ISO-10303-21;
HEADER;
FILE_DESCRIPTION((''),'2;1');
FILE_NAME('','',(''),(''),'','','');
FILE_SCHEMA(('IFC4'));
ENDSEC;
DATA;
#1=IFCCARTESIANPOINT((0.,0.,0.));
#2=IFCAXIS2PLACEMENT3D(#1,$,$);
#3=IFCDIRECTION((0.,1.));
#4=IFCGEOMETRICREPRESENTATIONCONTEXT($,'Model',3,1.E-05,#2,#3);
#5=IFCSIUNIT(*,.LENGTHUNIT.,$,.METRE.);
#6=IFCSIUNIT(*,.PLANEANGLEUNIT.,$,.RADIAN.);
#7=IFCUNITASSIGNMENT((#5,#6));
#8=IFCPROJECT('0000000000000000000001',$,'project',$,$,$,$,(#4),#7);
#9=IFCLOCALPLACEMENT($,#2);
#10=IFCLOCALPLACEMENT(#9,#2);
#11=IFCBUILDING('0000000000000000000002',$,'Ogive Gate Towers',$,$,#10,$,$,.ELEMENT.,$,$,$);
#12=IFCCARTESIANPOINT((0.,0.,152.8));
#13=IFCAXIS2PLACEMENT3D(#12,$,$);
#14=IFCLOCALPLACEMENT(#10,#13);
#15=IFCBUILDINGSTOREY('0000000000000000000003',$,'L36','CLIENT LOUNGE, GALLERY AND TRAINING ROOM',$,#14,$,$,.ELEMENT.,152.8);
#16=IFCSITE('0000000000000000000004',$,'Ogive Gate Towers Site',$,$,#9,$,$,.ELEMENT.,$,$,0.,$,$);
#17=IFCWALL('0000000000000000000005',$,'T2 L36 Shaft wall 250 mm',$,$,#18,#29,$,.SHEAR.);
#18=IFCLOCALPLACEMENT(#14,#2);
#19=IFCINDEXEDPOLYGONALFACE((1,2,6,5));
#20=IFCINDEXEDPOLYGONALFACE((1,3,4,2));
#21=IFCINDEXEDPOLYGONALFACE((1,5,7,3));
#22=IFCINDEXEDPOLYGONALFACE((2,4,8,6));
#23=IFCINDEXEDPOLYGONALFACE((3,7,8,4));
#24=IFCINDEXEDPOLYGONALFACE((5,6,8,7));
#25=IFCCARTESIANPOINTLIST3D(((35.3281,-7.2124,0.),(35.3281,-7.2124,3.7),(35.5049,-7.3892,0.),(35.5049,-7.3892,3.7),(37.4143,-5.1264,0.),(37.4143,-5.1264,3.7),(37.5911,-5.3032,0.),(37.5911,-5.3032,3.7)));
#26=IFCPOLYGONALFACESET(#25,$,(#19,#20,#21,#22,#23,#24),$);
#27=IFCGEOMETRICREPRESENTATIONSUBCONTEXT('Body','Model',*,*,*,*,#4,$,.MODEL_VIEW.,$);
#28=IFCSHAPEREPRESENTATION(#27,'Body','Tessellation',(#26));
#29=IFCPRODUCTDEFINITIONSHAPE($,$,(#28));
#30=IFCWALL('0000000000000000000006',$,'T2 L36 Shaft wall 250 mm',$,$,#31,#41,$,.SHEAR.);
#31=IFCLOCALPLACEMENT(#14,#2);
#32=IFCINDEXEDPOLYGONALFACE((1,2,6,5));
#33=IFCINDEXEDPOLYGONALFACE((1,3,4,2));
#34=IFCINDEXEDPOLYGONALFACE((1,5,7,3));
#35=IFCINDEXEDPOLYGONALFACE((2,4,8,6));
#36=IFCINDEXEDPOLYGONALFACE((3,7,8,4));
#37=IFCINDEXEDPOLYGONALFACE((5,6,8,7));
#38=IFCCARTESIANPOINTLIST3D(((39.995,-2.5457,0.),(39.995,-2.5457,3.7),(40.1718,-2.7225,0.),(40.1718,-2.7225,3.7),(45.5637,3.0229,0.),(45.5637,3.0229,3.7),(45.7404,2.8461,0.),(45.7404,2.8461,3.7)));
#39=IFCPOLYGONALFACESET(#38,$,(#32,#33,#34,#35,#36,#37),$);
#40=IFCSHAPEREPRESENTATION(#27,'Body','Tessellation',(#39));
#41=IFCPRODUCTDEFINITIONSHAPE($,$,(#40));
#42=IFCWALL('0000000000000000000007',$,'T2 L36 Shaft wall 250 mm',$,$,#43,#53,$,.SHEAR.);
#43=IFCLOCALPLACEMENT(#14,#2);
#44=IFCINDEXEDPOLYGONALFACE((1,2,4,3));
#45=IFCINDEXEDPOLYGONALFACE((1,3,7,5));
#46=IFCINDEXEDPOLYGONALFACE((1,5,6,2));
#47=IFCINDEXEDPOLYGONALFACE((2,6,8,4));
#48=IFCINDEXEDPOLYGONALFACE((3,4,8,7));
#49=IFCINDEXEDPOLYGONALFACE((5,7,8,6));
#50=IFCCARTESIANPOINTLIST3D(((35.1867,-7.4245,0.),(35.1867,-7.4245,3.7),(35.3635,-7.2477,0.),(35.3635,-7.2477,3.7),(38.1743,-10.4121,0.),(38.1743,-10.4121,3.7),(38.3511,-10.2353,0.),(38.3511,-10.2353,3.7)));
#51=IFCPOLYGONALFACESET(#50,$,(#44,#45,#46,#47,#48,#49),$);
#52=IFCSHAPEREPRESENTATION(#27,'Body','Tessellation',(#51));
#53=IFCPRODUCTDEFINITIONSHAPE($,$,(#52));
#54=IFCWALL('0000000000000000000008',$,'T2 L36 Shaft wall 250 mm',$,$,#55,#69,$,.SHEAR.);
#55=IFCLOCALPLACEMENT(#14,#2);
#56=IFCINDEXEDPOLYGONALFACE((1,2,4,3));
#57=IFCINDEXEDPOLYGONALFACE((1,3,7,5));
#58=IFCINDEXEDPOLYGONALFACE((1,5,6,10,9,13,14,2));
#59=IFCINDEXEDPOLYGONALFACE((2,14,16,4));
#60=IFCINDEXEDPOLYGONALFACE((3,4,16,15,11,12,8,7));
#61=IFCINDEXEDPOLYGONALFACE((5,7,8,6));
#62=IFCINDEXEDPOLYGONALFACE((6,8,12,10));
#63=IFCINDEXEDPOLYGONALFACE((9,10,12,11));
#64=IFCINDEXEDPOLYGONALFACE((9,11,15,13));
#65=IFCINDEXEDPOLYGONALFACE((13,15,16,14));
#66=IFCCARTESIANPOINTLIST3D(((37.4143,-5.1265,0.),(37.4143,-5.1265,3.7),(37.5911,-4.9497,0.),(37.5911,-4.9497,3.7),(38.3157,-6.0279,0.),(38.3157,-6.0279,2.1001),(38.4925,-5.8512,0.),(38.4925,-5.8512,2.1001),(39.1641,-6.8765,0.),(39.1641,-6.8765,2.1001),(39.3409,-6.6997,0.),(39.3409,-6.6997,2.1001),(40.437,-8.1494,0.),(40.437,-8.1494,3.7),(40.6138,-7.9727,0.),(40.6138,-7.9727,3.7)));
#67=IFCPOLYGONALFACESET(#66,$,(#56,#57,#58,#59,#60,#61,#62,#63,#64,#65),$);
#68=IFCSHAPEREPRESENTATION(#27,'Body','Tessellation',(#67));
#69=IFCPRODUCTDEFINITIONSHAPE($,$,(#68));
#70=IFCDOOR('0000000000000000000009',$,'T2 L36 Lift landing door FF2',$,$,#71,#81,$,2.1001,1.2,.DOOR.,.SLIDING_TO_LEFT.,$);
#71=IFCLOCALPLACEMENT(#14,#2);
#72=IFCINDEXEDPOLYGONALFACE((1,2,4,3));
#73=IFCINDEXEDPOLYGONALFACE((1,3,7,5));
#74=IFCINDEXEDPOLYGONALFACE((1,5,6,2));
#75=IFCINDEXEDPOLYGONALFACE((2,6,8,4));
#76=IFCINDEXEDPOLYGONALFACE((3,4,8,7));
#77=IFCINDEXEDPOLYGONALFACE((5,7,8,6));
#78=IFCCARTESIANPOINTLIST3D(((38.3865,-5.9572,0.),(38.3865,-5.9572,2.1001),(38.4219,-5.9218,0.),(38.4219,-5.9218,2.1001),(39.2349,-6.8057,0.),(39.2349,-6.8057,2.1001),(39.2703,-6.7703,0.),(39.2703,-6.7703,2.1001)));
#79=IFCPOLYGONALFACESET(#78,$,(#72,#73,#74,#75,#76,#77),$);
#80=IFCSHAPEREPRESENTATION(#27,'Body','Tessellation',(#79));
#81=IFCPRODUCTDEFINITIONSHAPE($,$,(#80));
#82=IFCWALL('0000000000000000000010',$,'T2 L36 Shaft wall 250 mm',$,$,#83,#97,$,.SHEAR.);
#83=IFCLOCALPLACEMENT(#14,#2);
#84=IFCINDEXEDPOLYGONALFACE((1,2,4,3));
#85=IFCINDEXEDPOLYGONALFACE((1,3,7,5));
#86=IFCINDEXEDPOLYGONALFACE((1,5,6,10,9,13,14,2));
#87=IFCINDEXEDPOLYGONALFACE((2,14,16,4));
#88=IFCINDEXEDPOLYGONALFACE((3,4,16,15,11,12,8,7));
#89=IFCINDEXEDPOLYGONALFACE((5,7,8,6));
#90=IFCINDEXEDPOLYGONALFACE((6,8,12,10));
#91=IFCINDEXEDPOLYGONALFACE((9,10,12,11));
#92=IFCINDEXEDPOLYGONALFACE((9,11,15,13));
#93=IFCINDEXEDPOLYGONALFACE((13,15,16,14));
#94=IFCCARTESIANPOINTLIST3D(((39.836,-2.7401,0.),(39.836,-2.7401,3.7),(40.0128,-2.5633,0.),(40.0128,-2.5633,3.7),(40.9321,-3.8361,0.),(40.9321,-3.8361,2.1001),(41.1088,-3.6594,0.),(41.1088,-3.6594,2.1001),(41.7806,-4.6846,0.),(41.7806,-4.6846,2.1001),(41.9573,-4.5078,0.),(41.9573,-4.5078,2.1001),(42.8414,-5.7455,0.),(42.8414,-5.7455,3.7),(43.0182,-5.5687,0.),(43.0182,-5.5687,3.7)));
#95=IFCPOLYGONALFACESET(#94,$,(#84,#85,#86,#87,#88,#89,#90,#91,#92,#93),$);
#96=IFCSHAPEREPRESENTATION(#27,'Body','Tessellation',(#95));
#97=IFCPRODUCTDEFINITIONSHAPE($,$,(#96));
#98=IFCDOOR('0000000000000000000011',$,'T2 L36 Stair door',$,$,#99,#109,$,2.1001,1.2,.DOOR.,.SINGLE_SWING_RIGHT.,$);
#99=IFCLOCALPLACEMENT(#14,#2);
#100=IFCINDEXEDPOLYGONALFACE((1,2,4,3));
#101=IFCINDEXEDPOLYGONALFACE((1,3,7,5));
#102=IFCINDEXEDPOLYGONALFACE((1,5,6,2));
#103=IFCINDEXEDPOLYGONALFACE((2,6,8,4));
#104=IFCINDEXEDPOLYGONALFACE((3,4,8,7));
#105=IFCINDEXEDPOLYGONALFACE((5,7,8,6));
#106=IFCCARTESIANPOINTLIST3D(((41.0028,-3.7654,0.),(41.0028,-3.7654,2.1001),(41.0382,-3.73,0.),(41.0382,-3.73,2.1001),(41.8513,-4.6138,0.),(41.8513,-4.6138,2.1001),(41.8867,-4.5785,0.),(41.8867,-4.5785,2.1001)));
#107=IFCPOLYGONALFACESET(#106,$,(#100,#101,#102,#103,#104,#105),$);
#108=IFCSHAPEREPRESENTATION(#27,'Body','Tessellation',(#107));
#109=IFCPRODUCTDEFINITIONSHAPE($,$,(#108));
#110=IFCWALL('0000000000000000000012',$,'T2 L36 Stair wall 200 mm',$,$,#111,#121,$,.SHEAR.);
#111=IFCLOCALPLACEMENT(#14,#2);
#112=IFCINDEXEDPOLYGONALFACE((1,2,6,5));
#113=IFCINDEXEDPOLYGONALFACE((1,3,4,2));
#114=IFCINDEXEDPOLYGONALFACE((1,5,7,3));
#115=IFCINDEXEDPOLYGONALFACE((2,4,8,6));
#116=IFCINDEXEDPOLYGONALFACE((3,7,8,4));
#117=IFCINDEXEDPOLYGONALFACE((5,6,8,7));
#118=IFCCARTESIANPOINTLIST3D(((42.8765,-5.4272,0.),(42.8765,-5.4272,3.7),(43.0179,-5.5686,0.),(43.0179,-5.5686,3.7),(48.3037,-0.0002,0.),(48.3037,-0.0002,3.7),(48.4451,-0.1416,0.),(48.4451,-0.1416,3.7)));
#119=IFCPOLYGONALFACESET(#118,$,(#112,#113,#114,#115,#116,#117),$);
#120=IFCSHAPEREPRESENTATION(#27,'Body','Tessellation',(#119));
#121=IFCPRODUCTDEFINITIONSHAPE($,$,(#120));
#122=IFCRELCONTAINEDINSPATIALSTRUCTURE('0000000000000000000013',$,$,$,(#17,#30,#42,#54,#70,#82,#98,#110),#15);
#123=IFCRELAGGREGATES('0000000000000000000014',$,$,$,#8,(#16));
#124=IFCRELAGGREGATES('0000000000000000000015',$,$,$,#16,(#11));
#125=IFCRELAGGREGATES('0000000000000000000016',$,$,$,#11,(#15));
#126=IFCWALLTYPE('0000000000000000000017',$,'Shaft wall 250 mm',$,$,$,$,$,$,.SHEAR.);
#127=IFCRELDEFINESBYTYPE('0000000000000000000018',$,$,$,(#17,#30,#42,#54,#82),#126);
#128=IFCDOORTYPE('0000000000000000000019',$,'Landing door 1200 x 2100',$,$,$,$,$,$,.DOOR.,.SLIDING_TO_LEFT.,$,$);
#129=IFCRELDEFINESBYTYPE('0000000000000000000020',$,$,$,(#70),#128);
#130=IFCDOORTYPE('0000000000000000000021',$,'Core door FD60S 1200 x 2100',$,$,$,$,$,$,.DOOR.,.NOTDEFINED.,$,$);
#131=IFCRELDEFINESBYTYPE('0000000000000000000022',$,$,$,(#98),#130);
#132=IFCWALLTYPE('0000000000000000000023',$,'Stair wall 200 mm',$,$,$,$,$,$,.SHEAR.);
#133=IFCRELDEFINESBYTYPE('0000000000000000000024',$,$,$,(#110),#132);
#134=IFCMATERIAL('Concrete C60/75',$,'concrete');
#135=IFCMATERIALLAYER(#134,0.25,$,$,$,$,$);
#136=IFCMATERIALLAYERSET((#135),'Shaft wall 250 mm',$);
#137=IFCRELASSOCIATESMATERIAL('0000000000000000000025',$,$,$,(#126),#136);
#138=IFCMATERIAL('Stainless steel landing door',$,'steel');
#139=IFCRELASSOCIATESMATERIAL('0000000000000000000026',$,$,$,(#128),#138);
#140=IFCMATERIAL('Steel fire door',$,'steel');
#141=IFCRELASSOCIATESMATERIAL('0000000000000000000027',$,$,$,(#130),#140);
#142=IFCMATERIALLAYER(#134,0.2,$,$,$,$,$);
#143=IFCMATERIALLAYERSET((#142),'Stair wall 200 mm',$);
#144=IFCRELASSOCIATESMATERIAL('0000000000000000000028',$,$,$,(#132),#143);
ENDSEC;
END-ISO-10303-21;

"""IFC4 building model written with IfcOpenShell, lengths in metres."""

from ifc_helpers import new_model, si_unit, direction, frame, frame_2d, origin, place, context, subcontext, project, spatial, rectangle, extrude, material, layer, layer_set, type_object, element, fill, save


model = new_model("IFC4")

# Units and contexts
model_context = context("Model", 3, precision=1e-05, world=origin(), true_north=direction((0.0, 1.0)))
body_context = subcontext(model_context, "Body", "Model", "MODEL_VIEW")
ifc_project = project(units=[si_unit("LENGTHUNIT", "METRE"), si_unit("PLANEANGLEUNIT", "RADIAN")], contexts=[model_context])

# Site, building, storey
site_placement = place(None, origin())
site = spatial("IfcSite", under=ifc_project, at=site_placement, Name="Ogive Gate Towers Site", CompositionType="ELEMENT", RefElevation=0.0)
building_placement = place(site_placement, origin())
building = spatial("IfcBuilding", under=site, at=building_placement, Name="Ogive Gate Towers", CompositionType="ELEMENT")
storey_placement = place(building_placement, frame((0.0, 0.0, 152.8)))
storey = spatial("IfcBuildingStorey", under=building, at=storey_placement, Name="L36", Description="CLIENT LOUNGE, GALLERY AND TRAINING ROOM", CompositionType="ELEMENT", Elevation=152.8)

# Walls
ifc_material_1 = material(Name="Concrete C60/75", Category="concrete")
ifc_layer_1 = layer(ifc_material_1, 0.25)
ifc_layer_set_1 = layer_set([ifc_layer_1], Name="Shaft wall 250 mm")
wall_type_1 = type_object("IfcWallType", Name="Shaft wall 250 mm", PredefinedType="SHEAR", material=ifc_layer_set_1)
wall_1_placement = place(storey_placement, frame((35.4165, -7.3008, 0.0), z_axis=(0.0, 0.0, 1.0), x_axis=(0.707148, 0.707065, 0.0)))
element("IfcWall", 1, at=wall_1_placement, inside=storey, type_object=wall_type_1, Name="T2 L36 Shaft wall 250 mm", PredefinedType="SHEAR", context=body_context, shape_type="SweptSolid", body=[
    extrude(rectangle(XDim=2.9502, YDim=0.25, at=frame_2d((1.4751, 0.0))), origin(), (0.0, 0.0, 1.0), 3.7),
])
wall_2_placement = place(storey_placement, frame((40.0835, -2.634, 0.0), z_axis=(0.0, 0.0, 1.0), x_axis=(0.707107, 0.707107, 0.0)))
element("IfcWall", 2, at=wall_2_placement, inside=storey, type_object=wall_type_1, Name="T2 L36 Shaft wall 250 mm", PredefinedType="SHEAR", context=body_context, shape_type="SweptSolid", body=[
    extrude(rectangle(XDim=7.8752, YDim=0.25, at=frame_2d((3.9375, 0.0))), origin(), (0.0, 0.0, 1.0), 3.7),
])
wall_3_placement = place(storey_placement, frame((38.2627, -10.3237, 0.0), z_axis=(0.0, 0.0, 1.0), x_axis=(-0.707107, 0.707107, 0.0)))
element("IfcWall", 3, at=wall_3_placement, inside=storey, type_object=wall_type_1, Name="T2 L36 Shaft wall 250 mm", PredefinedType="SHEAR", context=body_context, shape_type="SweptSolid", body=[
    extrude(rectangle(XDim=4.2251, YDim=0.25, at=frame_2d((2.1125, 0.0))), origin(), (0.0, 0.0, 1.0), 3.7),
])

# Walls, openings, doors
wall_4_placement = place(storey_placement, frame((40.5254, -8.061, 0.0), z_axis=(0.0, 0.0, 1.0), x_axis=(-0.707078, 0.707135, 0.0)))
wall_4 = element("IfcWall", 4, at=wall_4_placement, inside=storey, type_object=wall_type_1, Name="T2 L36 Shaft wall 250 mm", PredefinedType="SHEAR", context=body_context, shape_type="SweptSolid", body=[
    extrude(rectangle(XDim=4.2749, YDim=0.25, at=frame_2d((2.1375, 0.0))), origin(), (0.0, 0.0, 1.0), 3.7),
])
opening_1_placement = place(wall_4_placement, frame((1.8, 0.0, 0.0)))
opening_1 = element("IfcOpeningElement", 5, at=opening_1_placement, cuts=wall_4, PredefinedType="OPENING", context=body_context, shape_type="SweptSolid", body=[
    extrude(rectangle(XDim=1.2, YDim=2.1001, at=frame_2d((0.6001, 1.05))), frame((0.0, 0.135, 0.0), z_axis=(0.0, -1.0, 0.0), x_axis=(1.0, 0.0, 0.0)), (0.0, 0.0, 1.0), 0.27),
])
ifc_material_2 = material(Name="Stainless steel landing door", Category="steel")
door_type_1 = type_object("IfcDoorType", Name="Landing door 1200 x 2100", OperationType="SLIDING_TO_LEFT", PredefinedType="DOOR", material=ifc_material_2)
door_1_placement = place(opening_1_placement, origin())
door_1 = element("IfcDoor", 6, at=door_1_placement, inside=storey, type_object=door_type_1, Name="T2 L36 Lift landing door FF2", OperationType="SLIDING_TO_LEFT", OverallHeight=2.1001, OverallWidth=1.2, PredefinedType="DOOR", context=body_context, shape_type="SweptSolid", body=[
    extrude(rectangle(XDim=1.2, YDim=2.1001, at=frame_2d((0.6001, 1.05))), frame((0.0, 0.0249, 0.0), z_axis=(0.0, -1.0, 0.0), x_axis=(1.0, 0.0, 0.0)), (0.0, 0.0, 1.0), 0.05),
])
fill(opening_1, door_1)
wall_5_placement = place(storey_placement, frame((42.9297, -5.657, 0.0), z_axis=(0.0, 0.0, 1.0), x_axis=(-0.707107, 0.707107, 0.0)))
wall_5 = element("IfcWall", 7, at=wall_5_placement, inside=storey, type_object=wall_type_1, Name="T2 L36 Shaft wall 250 mm", PredefinedType="SHEAR", context=body_context, shape_type="SweptSolid", body=[
    extrude(rectangle(XDim=4.2502, YDim=0.25, at=frame_2d((2.125, 0.0))), origin(), (0.0, 0.0, 1.0), 3.7),
])
opening_2_placement = place(wall_5_placement, frame((1.5, 0.0, 0.0)))
opening_2 = element("IfcOpeningElement", 8, at=opening_2_placement, cuts=wall_5, PredefinedType="OPENING", context=body_context, shape_type="SweptSolid", body=[
    extrude(rectangle(XDim=1.2, YDim=2.1001, at=frame_2d((0.6001, 1.05))), frame((0.0, 0.135, 0.0), z_axis=(0.0, -1.0, 0.0), x_axis=(1.0, 0.0, 0.0)), (0.0, 0.0, 1.0), 0.27),
])
ifc_material_3 = material(Name="Steel fire door", Category="steel")
door_type_2 = type_object("IfcDoorType", Name="Core door FD60S 1200 x 2100", OperationType="NOTDEFINED", PredefinedType="DOOR", material=ifc_material_3)
door_2_placement = place(opening_2_placement, origin())
door_2 = element("IfcDoor", 9, at=door_2_placement, inside=storey, type_object=door_type_2, Name="T2 L36 Stair door", OperationType="SINGLE_SWING_RIGHT", OverallHeight=2.1001, OverallWidth=1.2, PredefinedType="DOOR", context=body_context, shape_type="SweptSolid", body=[
    extrude(rectangle(XDim=1.2, YDim=2.1001, at=frame_2d((0.6001, 1.05))), frame((0.0, 0.0249, 0.0), z_axis=(0.0, -1.0, 0.0), x_axis=(1.0, 0.0, 0.0)), (0.0, 0.0, 1.0), 0.05),
])
fill(opening_2, door_2)

# Wall
ifc_layer_2 = layer(ifc_material_1, 0.2)
ifc_layer_set_2 = layer_set([ifc_layer_2], Name="Stair wall 200 mm")
wall_type_2 = type_object("IfcWallType", Name="Stair wall 200 mm", PredefinedType="SHEAR", material=ifc_layer_set_2)
wall_6_placement = place(storey_placement, frame((42.9473, -5.4978, 0.0), z_axis=(0.0, 0.0, 1.0), x_axis=(0.707123, 0.707091, 0.0)))
element("IfcWall", 10, at=wall_6_placement, inside=storey, type_object=wall_type_2, Name="T2 L36 Stair wall 200 mm", PredefinedType="SHEAR", context=body_context, shape_type="SweptSolid", body=[
    extrude(rectangle(XDim=7.675, YDim=0.2, at=frame_2d((3.8374, 0.0))), origin(), (0.0, 0.0, 1.0), 3.7),
])

save(model, "model.ifc")
